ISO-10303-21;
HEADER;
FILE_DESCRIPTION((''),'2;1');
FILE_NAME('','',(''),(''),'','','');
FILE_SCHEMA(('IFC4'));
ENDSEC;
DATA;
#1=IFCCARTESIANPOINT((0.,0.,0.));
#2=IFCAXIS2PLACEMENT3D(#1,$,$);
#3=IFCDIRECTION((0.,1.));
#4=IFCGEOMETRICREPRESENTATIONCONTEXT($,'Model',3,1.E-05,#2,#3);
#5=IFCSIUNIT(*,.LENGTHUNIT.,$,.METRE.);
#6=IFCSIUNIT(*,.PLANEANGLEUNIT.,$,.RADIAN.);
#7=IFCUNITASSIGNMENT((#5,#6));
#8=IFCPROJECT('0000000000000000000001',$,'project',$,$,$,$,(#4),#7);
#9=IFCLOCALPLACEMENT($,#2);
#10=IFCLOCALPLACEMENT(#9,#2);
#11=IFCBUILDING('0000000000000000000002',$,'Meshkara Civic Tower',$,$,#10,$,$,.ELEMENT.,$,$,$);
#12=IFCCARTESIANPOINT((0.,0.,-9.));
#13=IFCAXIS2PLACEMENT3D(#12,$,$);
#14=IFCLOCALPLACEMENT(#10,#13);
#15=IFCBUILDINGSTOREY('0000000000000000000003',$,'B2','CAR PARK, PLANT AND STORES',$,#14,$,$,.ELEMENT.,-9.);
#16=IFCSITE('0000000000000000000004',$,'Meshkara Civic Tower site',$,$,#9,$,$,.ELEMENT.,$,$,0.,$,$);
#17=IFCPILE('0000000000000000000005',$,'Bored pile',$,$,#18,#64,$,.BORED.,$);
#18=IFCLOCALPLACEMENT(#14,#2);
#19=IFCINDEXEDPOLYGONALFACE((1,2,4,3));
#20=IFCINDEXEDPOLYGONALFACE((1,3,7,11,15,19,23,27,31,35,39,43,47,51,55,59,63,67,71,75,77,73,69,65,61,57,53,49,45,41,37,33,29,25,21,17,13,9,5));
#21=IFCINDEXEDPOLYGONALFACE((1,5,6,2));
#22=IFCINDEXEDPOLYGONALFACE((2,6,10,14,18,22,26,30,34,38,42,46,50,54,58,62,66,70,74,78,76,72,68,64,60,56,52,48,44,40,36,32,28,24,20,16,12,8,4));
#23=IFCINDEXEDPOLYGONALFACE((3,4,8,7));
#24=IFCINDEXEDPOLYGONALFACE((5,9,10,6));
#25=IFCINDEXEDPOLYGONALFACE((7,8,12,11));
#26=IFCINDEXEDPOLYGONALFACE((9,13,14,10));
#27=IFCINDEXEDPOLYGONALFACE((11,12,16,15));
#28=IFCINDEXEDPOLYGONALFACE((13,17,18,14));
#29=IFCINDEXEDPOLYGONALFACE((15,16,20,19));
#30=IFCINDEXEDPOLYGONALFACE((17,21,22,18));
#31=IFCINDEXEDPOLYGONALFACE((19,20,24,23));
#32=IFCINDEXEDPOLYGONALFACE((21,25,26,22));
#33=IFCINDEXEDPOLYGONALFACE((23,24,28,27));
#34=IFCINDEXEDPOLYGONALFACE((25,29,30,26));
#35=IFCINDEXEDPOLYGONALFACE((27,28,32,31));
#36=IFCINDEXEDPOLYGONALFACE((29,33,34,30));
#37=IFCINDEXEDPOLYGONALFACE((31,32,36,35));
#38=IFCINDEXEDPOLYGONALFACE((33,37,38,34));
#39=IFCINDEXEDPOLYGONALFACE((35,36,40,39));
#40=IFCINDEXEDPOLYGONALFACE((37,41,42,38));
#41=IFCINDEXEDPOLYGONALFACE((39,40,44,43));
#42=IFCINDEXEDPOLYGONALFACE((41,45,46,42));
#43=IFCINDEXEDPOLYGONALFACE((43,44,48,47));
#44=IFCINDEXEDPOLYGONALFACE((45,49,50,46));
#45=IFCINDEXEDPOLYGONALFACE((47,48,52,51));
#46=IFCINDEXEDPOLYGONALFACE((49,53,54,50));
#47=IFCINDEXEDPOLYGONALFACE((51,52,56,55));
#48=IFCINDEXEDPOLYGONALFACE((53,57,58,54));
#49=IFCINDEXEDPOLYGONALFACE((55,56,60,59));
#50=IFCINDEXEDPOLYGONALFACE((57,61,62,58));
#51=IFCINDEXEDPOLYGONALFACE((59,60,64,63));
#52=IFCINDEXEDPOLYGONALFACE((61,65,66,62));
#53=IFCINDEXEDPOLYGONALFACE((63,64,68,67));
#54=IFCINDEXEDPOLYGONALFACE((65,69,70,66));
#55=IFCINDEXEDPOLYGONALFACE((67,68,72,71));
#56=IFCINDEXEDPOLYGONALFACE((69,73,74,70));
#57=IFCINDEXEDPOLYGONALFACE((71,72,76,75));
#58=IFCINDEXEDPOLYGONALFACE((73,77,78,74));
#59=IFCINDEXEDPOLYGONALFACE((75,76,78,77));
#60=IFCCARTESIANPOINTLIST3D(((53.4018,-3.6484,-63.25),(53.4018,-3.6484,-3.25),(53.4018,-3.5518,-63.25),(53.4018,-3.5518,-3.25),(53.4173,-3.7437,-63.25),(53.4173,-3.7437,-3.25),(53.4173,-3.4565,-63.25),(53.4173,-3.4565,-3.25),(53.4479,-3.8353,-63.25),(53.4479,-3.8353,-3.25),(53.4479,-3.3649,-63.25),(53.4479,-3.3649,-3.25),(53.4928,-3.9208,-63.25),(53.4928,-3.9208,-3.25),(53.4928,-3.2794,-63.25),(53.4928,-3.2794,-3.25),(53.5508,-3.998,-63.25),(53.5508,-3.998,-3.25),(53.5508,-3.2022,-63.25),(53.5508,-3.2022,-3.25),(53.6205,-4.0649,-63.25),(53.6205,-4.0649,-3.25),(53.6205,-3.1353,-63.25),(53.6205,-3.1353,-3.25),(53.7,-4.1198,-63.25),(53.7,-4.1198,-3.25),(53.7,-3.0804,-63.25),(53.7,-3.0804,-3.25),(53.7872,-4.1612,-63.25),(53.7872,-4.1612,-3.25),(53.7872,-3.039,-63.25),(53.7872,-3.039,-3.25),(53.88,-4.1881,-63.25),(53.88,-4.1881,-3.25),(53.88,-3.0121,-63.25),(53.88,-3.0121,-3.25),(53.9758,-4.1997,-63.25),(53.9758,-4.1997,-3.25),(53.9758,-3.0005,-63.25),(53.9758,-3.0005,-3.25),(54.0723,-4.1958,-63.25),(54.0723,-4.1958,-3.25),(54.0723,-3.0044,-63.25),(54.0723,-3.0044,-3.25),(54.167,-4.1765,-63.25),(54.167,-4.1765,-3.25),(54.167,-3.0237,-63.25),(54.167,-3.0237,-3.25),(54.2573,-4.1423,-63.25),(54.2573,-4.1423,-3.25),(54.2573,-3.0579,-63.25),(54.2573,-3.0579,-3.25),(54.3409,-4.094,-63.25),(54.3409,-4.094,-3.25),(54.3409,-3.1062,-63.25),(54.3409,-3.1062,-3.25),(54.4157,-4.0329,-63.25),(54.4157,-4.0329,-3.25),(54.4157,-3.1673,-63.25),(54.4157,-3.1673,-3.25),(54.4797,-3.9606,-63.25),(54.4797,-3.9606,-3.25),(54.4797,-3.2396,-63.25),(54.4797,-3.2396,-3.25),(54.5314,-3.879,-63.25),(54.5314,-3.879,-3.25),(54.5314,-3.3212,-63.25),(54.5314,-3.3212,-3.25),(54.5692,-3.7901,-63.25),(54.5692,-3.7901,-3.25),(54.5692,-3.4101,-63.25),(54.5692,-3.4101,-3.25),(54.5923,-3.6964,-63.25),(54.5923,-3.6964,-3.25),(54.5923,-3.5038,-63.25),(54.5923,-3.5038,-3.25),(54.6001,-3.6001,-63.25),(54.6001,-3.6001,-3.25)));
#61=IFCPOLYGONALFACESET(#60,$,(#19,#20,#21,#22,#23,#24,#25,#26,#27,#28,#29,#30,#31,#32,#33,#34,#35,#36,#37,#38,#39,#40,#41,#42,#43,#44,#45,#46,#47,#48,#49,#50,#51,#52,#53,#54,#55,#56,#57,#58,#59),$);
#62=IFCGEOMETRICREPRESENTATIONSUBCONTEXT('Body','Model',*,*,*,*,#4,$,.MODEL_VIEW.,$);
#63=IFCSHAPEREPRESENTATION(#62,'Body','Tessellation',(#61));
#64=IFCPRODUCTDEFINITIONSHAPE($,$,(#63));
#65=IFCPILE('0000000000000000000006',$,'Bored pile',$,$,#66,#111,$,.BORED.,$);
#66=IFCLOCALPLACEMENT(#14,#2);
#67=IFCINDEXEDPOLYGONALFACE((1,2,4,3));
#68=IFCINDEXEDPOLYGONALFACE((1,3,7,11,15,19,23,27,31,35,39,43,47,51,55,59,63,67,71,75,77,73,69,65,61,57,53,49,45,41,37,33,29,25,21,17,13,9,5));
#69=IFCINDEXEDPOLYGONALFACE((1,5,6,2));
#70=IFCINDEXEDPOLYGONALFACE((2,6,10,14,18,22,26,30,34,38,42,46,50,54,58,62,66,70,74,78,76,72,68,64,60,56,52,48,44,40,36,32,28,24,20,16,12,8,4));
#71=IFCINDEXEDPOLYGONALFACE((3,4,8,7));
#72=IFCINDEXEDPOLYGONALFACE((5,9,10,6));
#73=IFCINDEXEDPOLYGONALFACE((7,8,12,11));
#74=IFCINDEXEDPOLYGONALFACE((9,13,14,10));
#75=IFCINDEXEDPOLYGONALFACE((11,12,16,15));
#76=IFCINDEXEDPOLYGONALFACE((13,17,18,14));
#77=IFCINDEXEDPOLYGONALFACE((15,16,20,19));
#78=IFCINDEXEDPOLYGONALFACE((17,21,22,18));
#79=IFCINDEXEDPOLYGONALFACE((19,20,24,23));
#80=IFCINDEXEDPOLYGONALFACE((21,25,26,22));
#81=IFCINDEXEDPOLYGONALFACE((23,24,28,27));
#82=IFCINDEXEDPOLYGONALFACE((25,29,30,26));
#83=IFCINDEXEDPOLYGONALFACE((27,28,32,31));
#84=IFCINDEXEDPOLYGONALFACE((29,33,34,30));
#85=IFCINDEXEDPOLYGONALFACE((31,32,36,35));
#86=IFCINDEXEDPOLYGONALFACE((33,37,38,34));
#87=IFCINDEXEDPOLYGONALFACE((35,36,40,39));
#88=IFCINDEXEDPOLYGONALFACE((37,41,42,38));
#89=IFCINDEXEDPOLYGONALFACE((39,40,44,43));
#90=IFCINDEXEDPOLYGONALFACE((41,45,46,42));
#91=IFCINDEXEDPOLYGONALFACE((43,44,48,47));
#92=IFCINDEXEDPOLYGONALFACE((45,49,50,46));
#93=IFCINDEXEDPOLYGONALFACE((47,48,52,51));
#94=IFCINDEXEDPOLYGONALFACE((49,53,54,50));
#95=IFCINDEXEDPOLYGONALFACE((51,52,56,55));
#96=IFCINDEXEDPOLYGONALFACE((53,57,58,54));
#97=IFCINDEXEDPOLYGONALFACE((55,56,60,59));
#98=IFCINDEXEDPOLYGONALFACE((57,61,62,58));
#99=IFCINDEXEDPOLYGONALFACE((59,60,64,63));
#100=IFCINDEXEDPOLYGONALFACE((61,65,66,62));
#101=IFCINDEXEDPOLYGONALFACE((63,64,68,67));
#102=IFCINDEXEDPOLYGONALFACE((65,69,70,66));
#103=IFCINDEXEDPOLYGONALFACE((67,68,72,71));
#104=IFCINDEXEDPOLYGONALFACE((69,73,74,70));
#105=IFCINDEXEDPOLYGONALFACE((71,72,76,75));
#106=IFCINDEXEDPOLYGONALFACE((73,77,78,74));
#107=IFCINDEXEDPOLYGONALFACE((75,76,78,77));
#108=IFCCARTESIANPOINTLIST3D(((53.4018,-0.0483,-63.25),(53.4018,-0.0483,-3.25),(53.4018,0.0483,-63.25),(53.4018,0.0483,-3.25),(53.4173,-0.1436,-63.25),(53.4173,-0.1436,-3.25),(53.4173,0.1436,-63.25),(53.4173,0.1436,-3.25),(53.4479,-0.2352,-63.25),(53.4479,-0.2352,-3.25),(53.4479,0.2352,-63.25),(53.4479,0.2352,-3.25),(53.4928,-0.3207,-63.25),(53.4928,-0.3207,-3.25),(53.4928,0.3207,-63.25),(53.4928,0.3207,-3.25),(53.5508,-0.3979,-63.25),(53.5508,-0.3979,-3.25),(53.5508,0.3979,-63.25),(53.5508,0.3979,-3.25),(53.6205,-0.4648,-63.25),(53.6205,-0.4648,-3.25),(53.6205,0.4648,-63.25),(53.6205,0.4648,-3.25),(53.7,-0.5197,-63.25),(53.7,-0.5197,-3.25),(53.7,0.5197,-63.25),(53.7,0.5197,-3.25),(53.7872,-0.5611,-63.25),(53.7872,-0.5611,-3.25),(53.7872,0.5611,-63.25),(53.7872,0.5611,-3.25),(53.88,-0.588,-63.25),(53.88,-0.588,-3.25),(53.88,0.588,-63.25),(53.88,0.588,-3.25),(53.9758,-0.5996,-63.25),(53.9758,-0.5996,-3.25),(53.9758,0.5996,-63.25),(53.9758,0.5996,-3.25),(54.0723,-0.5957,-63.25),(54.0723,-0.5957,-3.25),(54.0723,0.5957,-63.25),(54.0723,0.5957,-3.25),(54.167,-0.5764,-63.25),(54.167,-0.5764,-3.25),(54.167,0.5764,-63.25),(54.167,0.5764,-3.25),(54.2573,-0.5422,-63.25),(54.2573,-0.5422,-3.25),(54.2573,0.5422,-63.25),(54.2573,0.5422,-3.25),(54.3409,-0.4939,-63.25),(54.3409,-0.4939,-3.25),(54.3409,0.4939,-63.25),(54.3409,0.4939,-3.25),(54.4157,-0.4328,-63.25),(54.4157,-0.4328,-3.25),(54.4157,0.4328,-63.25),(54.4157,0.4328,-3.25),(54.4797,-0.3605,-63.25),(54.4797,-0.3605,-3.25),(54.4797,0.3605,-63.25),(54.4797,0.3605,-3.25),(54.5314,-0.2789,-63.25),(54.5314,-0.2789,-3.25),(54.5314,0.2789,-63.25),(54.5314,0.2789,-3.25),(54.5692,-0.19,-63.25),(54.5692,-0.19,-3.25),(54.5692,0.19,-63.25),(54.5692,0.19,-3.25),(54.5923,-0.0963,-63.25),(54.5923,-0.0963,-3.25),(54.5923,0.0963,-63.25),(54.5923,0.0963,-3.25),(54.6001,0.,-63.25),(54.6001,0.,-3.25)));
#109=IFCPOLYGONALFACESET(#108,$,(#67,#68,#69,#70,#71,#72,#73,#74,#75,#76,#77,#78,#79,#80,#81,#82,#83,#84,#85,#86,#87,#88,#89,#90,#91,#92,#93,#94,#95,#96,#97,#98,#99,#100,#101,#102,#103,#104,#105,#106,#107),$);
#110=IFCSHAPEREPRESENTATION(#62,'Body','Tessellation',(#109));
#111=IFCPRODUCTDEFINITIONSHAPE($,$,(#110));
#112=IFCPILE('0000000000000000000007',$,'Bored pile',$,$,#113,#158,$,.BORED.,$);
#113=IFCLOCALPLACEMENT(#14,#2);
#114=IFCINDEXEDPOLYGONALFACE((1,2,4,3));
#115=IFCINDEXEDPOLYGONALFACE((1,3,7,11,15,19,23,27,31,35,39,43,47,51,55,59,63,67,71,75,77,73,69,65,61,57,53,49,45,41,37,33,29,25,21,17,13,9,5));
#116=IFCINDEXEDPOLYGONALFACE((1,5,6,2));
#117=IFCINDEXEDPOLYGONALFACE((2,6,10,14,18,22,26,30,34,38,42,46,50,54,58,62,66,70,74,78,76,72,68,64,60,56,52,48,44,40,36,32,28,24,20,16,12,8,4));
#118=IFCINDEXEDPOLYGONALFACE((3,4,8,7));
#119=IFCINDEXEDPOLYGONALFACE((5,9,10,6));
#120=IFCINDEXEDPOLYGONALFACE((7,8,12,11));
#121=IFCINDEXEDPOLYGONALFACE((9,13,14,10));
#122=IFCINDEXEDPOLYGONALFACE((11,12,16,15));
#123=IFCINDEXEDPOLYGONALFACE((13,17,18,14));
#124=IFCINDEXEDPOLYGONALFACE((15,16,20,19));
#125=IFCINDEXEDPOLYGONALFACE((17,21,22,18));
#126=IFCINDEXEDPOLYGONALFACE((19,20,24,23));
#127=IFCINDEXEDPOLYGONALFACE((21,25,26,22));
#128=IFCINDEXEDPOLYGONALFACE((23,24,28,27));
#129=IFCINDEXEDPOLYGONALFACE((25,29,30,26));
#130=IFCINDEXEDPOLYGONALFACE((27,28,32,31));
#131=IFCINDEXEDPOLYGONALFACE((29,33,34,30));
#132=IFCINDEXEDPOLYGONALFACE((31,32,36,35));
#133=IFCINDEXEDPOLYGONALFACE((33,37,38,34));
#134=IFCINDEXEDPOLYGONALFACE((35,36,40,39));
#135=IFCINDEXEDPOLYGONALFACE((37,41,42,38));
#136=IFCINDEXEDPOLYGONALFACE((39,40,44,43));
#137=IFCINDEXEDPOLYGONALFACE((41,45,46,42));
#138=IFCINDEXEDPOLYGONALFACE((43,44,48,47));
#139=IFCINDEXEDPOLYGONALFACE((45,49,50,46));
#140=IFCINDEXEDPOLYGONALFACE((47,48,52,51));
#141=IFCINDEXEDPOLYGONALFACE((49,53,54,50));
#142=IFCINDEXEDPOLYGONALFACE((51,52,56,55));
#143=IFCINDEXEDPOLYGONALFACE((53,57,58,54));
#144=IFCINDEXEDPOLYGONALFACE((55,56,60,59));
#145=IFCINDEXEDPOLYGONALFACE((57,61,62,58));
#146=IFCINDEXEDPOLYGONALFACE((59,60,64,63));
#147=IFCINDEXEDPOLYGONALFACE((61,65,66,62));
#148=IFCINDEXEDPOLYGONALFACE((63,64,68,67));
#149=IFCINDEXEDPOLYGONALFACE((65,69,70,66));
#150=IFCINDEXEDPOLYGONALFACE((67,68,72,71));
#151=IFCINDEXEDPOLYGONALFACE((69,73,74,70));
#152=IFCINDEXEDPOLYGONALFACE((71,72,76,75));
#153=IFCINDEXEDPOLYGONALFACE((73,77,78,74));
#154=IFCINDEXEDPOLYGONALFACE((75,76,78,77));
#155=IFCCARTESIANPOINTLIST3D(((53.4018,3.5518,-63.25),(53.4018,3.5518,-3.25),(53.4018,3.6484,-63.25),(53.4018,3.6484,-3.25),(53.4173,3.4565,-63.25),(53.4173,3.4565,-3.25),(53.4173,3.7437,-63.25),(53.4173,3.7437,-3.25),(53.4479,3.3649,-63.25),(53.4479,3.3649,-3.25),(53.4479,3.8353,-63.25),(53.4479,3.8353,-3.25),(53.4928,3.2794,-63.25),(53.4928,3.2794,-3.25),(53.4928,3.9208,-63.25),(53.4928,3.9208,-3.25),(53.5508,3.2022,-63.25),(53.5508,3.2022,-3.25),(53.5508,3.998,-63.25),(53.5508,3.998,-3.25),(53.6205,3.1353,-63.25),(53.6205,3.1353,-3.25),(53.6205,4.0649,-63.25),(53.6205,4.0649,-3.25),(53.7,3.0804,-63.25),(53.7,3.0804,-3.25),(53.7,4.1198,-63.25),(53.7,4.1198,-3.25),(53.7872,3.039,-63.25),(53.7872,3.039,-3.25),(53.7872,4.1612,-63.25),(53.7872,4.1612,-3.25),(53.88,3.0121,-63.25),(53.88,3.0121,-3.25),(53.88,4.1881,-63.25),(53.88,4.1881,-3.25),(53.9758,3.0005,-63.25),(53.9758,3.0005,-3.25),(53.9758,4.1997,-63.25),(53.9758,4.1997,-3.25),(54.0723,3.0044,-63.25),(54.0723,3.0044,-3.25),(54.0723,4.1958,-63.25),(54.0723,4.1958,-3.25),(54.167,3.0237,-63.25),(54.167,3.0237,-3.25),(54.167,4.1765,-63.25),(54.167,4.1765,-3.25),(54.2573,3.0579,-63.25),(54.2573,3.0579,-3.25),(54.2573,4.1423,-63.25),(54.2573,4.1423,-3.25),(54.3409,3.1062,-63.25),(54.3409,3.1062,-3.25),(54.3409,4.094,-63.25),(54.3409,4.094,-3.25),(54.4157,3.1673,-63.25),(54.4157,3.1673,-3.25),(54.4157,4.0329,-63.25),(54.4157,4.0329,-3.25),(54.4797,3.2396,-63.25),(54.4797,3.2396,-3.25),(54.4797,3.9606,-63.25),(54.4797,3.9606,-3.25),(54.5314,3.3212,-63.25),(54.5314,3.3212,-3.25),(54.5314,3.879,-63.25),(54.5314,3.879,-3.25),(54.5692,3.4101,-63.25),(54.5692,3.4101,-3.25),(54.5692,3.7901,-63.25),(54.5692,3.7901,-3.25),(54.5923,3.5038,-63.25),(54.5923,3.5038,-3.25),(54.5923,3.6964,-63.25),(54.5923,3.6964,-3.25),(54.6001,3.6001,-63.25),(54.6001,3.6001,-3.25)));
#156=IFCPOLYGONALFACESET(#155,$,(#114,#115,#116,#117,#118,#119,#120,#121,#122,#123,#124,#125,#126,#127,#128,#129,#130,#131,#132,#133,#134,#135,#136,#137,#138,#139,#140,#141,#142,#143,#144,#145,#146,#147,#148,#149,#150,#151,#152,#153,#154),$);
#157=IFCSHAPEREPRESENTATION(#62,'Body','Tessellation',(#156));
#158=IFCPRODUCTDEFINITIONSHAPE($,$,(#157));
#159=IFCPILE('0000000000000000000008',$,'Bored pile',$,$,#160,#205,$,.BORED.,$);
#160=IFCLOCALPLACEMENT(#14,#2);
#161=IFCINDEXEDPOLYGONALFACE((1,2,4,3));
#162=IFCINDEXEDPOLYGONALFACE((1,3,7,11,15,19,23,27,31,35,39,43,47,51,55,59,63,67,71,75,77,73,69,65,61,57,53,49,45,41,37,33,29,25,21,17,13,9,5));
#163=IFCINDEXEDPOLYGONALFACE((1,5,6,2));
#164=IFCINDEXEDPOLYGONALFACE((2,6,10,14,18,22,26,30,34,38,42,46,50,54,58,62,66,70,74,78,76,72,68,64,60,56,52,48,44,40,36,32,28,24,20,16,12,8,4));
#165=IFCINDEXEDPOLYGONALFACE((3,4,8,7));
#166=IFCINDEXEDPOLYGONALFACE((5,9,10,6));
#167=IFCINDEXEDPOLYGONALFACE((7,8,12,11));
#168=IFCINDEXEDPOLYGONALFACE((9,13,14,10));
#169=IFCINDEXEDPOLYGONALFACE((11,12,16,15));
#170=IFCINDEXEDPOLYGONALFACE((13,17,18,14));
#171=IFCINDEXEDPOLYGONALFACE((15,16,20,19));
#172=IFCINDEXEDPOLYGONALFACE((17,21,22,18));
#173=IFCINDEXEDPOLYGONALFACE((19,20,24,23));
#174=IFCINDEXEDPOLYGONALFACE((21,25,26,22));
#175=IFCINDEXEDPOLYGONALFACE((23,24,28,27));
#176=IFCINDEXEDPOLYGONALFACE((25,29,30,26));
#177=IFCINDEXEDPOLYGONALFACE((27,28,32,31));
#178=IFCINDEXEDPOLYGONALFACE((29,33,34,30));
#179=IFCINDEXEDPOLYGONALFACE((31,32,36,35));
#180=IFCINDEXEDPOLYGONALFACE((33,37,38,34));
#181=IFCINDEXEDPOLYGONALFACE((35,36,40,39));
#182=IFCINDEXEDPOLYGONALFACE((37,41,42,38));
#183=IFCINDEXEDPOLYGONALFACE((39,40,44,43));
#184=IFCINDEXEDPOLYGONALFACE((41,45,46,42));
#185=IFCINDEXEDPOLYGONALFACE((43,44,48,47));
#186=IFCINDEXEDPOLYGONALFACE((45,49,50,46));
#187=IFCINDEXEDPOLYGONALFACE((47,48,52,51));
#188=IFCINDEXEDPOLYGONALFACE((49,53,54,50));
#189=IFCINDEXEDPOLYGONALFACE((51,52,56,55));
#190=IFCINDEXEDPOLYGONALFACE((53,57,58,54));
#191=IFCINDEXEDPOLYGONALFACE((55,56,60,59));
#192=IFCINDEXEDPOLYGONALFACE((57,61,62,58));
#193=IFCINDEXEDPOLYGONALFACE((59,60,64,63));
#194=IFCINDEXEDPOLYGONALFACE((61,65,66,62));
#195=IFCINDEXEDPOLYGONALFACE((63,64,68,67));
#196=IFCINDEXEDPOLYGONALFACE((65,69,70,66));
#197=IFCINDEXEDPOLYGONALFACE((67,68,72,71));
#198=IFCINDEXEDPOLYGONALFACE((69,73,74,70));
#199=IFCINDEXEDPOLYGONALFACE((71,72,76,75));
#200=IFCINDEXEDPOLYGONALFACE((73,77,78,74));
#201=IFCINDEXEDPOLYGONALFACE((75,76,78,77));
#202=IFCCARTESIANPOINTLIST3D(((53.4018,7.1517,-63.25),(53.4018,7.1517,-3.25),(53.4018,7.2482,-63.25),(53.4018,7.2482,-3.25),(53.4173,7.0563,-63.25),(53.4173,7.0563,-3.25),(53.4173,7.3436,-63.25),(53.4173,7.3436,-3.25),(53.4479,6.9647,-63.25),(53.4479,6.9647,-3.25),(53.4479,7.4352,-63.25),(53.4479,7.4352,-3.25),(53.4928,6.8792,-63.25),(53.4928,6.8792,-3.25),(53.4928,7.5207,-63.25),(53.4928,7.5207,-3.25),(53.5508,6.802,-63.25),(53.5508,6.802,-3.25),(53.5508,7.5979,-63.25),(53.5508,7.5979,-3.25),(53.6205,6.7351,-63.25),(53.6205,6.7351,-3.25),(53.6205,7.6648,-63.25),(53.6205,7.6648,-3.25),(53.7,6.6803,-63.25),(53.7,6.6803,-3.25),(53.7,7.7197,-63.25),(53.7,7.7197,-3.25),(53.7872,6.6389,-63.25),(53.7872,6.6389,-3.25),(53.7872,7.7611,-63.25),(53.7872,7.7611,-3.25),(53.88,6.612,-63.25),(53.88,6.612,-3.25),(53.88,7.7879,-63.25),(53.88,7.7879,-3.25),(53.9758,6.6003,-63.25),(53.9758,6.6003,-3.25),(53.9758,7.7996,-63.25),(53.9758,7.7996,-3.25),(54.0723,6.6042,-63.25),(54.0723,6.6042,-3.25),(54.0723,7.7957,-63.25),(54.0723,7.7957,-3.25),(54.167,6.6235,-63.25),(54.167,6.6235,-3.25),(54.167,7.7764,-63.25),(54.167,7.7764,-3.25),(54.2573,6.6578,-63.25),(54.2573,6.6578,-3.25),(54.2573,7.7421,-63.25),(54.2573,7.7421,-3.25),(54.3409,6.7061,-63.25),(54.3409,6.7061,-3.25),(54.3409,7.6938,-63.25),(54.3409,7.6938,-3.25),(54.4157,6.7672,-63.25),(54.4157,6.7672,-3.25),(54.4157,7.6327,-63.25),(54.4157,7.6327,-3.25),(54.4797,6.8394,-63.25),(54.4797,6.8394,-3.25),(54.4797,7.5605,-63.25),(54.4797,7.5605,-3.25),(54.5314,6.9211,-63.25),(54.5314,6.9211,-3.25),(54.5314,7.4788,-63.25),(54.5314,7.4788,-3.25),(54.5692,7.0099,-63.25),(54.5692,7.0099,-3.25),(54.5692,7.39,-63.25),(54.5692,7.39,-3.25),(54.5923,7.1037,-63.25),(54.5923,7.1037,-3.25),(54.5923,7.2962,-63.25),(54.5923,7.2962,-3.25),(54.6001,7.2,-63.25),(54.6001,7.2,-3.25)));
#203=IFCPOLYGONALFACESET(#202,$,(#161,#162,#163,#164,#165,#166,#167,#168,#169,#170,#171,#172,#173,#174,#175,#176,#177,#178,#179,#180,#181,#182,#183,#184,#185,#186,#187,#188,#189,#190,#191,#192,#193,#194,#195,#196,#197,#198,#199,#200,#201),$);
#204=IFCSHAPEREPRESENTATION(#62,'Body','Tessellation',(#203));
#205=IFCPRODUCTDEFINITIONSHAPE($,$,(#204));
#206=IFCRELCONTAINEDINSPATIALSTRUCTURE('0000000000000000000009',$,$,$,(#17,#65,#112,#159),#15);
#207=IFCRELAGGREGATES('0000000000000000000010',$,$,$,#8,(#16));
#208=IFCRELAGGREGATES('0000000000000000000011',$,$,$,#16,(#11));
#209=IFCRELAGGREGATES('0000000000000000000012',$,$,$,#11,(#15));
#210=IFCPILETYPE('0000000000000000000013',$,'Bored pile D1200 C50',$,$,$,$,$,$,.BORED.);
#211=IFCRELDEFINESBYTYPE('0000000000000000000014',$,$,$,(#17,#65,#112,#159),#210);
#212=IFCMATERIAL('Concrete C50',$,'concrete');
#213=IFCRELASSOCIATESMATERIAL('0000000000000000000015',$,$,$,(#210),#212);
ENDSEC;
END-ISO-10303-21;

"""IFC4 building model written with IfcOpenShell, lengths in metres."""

from ifc_helpers import new_model, si_unit, direction, frame, origin, origin_2d, place, context, subcontext, project, spatial, circle, extrude, material, material_profile, profile_set, type_object, element, save


model = new_model("IFC4")

# Units and contexts
model_context = context("Model", 3, precision=1e-05, world=origin(), true_north=direction((0.0, 1.0)))
body_context = subcontext(model_context, "Body", "Model", "MODEL_VIEW")
ifc_project = project(units=[si_unit("LENGTHUNIT", "METRE"), si_unit("PLANEANGLEUNIT", "RADIAN")], contexts=[model_context])

# Site, building, storey
site_placement = place(None, origin())
site = spatial("IfcSite", under=ifc_project, at=site_placement, Name="Meshkara Civic Tower site", CompositionType="ELEMENT", RefElevation=0.0)
building_placement = place(site_placement, origin())
building = spatial("IfcBuilding", under=site, at=building_placement, Name="Meshkara Civic Tower", CompositionType="ELEMENT")
storey_placement = place(building_placement, frame((0.0, 0.0, -9.0)))
storey = spatial("IfcBuildingStorey", under=building, at=storey_placement, Name="B2", Description="CAR PARK, PLANT AND STORES", CompositionType="ELEMENT", Elevation=-9.0)

# Piles
ifc_material_1 = material(Name="Concrete C50", Category="concrete")
ifc_material_profile_1 = material_profile(ifc_material_1, circle(Radius=0.6001, at=origin_2d()))
ifc_profile_set_1 = profile_set([ifc_material_profile_1], Name="Concrete C50")
pile_type = type_object("IfcPileType", Name="Bored pile D1200 C50", PredefinedType="BORED", material=ifc_profile_set_1)
for number, where, z_axis, x_axis, name in (
    (1, (54.0, -3.6001, -3.25), (0.0, 0.0, -1.0), (1.0, 0.0, 0.0), "Bored pile"),
    (2, (54.0, 0.0, -3.25), (0.0, 0.0, -1.0), (1.0, 0.0, 0.0), "Bored pile"),
    (3, (54.0, 3.6001, -3.25), (0.0, 0.0, -1.0), (1.0, 0.0, 0.0), "Bored pile"),
    (4, (54.0, 7.2, -3.25), (0.0, 0.0, -1.0), (1.0, 0.0, 0.0), "Bored pile"),
):
    element("IfcPile", number, at=place(storey_placement, frame(where, z_axis=z_axis, x_axis=x_axis)), inside=storey, type_object=pile_type, Name=name, PredefinedType="BORED", context=body_context, shape_type="SweptSolid", body=[
        extrude(circle(Radius=0.6001, at=origin_2d()), origin(), (0.0, 0.0, 1.0), 60.0),
    ])

save(model, "model.ifc")
